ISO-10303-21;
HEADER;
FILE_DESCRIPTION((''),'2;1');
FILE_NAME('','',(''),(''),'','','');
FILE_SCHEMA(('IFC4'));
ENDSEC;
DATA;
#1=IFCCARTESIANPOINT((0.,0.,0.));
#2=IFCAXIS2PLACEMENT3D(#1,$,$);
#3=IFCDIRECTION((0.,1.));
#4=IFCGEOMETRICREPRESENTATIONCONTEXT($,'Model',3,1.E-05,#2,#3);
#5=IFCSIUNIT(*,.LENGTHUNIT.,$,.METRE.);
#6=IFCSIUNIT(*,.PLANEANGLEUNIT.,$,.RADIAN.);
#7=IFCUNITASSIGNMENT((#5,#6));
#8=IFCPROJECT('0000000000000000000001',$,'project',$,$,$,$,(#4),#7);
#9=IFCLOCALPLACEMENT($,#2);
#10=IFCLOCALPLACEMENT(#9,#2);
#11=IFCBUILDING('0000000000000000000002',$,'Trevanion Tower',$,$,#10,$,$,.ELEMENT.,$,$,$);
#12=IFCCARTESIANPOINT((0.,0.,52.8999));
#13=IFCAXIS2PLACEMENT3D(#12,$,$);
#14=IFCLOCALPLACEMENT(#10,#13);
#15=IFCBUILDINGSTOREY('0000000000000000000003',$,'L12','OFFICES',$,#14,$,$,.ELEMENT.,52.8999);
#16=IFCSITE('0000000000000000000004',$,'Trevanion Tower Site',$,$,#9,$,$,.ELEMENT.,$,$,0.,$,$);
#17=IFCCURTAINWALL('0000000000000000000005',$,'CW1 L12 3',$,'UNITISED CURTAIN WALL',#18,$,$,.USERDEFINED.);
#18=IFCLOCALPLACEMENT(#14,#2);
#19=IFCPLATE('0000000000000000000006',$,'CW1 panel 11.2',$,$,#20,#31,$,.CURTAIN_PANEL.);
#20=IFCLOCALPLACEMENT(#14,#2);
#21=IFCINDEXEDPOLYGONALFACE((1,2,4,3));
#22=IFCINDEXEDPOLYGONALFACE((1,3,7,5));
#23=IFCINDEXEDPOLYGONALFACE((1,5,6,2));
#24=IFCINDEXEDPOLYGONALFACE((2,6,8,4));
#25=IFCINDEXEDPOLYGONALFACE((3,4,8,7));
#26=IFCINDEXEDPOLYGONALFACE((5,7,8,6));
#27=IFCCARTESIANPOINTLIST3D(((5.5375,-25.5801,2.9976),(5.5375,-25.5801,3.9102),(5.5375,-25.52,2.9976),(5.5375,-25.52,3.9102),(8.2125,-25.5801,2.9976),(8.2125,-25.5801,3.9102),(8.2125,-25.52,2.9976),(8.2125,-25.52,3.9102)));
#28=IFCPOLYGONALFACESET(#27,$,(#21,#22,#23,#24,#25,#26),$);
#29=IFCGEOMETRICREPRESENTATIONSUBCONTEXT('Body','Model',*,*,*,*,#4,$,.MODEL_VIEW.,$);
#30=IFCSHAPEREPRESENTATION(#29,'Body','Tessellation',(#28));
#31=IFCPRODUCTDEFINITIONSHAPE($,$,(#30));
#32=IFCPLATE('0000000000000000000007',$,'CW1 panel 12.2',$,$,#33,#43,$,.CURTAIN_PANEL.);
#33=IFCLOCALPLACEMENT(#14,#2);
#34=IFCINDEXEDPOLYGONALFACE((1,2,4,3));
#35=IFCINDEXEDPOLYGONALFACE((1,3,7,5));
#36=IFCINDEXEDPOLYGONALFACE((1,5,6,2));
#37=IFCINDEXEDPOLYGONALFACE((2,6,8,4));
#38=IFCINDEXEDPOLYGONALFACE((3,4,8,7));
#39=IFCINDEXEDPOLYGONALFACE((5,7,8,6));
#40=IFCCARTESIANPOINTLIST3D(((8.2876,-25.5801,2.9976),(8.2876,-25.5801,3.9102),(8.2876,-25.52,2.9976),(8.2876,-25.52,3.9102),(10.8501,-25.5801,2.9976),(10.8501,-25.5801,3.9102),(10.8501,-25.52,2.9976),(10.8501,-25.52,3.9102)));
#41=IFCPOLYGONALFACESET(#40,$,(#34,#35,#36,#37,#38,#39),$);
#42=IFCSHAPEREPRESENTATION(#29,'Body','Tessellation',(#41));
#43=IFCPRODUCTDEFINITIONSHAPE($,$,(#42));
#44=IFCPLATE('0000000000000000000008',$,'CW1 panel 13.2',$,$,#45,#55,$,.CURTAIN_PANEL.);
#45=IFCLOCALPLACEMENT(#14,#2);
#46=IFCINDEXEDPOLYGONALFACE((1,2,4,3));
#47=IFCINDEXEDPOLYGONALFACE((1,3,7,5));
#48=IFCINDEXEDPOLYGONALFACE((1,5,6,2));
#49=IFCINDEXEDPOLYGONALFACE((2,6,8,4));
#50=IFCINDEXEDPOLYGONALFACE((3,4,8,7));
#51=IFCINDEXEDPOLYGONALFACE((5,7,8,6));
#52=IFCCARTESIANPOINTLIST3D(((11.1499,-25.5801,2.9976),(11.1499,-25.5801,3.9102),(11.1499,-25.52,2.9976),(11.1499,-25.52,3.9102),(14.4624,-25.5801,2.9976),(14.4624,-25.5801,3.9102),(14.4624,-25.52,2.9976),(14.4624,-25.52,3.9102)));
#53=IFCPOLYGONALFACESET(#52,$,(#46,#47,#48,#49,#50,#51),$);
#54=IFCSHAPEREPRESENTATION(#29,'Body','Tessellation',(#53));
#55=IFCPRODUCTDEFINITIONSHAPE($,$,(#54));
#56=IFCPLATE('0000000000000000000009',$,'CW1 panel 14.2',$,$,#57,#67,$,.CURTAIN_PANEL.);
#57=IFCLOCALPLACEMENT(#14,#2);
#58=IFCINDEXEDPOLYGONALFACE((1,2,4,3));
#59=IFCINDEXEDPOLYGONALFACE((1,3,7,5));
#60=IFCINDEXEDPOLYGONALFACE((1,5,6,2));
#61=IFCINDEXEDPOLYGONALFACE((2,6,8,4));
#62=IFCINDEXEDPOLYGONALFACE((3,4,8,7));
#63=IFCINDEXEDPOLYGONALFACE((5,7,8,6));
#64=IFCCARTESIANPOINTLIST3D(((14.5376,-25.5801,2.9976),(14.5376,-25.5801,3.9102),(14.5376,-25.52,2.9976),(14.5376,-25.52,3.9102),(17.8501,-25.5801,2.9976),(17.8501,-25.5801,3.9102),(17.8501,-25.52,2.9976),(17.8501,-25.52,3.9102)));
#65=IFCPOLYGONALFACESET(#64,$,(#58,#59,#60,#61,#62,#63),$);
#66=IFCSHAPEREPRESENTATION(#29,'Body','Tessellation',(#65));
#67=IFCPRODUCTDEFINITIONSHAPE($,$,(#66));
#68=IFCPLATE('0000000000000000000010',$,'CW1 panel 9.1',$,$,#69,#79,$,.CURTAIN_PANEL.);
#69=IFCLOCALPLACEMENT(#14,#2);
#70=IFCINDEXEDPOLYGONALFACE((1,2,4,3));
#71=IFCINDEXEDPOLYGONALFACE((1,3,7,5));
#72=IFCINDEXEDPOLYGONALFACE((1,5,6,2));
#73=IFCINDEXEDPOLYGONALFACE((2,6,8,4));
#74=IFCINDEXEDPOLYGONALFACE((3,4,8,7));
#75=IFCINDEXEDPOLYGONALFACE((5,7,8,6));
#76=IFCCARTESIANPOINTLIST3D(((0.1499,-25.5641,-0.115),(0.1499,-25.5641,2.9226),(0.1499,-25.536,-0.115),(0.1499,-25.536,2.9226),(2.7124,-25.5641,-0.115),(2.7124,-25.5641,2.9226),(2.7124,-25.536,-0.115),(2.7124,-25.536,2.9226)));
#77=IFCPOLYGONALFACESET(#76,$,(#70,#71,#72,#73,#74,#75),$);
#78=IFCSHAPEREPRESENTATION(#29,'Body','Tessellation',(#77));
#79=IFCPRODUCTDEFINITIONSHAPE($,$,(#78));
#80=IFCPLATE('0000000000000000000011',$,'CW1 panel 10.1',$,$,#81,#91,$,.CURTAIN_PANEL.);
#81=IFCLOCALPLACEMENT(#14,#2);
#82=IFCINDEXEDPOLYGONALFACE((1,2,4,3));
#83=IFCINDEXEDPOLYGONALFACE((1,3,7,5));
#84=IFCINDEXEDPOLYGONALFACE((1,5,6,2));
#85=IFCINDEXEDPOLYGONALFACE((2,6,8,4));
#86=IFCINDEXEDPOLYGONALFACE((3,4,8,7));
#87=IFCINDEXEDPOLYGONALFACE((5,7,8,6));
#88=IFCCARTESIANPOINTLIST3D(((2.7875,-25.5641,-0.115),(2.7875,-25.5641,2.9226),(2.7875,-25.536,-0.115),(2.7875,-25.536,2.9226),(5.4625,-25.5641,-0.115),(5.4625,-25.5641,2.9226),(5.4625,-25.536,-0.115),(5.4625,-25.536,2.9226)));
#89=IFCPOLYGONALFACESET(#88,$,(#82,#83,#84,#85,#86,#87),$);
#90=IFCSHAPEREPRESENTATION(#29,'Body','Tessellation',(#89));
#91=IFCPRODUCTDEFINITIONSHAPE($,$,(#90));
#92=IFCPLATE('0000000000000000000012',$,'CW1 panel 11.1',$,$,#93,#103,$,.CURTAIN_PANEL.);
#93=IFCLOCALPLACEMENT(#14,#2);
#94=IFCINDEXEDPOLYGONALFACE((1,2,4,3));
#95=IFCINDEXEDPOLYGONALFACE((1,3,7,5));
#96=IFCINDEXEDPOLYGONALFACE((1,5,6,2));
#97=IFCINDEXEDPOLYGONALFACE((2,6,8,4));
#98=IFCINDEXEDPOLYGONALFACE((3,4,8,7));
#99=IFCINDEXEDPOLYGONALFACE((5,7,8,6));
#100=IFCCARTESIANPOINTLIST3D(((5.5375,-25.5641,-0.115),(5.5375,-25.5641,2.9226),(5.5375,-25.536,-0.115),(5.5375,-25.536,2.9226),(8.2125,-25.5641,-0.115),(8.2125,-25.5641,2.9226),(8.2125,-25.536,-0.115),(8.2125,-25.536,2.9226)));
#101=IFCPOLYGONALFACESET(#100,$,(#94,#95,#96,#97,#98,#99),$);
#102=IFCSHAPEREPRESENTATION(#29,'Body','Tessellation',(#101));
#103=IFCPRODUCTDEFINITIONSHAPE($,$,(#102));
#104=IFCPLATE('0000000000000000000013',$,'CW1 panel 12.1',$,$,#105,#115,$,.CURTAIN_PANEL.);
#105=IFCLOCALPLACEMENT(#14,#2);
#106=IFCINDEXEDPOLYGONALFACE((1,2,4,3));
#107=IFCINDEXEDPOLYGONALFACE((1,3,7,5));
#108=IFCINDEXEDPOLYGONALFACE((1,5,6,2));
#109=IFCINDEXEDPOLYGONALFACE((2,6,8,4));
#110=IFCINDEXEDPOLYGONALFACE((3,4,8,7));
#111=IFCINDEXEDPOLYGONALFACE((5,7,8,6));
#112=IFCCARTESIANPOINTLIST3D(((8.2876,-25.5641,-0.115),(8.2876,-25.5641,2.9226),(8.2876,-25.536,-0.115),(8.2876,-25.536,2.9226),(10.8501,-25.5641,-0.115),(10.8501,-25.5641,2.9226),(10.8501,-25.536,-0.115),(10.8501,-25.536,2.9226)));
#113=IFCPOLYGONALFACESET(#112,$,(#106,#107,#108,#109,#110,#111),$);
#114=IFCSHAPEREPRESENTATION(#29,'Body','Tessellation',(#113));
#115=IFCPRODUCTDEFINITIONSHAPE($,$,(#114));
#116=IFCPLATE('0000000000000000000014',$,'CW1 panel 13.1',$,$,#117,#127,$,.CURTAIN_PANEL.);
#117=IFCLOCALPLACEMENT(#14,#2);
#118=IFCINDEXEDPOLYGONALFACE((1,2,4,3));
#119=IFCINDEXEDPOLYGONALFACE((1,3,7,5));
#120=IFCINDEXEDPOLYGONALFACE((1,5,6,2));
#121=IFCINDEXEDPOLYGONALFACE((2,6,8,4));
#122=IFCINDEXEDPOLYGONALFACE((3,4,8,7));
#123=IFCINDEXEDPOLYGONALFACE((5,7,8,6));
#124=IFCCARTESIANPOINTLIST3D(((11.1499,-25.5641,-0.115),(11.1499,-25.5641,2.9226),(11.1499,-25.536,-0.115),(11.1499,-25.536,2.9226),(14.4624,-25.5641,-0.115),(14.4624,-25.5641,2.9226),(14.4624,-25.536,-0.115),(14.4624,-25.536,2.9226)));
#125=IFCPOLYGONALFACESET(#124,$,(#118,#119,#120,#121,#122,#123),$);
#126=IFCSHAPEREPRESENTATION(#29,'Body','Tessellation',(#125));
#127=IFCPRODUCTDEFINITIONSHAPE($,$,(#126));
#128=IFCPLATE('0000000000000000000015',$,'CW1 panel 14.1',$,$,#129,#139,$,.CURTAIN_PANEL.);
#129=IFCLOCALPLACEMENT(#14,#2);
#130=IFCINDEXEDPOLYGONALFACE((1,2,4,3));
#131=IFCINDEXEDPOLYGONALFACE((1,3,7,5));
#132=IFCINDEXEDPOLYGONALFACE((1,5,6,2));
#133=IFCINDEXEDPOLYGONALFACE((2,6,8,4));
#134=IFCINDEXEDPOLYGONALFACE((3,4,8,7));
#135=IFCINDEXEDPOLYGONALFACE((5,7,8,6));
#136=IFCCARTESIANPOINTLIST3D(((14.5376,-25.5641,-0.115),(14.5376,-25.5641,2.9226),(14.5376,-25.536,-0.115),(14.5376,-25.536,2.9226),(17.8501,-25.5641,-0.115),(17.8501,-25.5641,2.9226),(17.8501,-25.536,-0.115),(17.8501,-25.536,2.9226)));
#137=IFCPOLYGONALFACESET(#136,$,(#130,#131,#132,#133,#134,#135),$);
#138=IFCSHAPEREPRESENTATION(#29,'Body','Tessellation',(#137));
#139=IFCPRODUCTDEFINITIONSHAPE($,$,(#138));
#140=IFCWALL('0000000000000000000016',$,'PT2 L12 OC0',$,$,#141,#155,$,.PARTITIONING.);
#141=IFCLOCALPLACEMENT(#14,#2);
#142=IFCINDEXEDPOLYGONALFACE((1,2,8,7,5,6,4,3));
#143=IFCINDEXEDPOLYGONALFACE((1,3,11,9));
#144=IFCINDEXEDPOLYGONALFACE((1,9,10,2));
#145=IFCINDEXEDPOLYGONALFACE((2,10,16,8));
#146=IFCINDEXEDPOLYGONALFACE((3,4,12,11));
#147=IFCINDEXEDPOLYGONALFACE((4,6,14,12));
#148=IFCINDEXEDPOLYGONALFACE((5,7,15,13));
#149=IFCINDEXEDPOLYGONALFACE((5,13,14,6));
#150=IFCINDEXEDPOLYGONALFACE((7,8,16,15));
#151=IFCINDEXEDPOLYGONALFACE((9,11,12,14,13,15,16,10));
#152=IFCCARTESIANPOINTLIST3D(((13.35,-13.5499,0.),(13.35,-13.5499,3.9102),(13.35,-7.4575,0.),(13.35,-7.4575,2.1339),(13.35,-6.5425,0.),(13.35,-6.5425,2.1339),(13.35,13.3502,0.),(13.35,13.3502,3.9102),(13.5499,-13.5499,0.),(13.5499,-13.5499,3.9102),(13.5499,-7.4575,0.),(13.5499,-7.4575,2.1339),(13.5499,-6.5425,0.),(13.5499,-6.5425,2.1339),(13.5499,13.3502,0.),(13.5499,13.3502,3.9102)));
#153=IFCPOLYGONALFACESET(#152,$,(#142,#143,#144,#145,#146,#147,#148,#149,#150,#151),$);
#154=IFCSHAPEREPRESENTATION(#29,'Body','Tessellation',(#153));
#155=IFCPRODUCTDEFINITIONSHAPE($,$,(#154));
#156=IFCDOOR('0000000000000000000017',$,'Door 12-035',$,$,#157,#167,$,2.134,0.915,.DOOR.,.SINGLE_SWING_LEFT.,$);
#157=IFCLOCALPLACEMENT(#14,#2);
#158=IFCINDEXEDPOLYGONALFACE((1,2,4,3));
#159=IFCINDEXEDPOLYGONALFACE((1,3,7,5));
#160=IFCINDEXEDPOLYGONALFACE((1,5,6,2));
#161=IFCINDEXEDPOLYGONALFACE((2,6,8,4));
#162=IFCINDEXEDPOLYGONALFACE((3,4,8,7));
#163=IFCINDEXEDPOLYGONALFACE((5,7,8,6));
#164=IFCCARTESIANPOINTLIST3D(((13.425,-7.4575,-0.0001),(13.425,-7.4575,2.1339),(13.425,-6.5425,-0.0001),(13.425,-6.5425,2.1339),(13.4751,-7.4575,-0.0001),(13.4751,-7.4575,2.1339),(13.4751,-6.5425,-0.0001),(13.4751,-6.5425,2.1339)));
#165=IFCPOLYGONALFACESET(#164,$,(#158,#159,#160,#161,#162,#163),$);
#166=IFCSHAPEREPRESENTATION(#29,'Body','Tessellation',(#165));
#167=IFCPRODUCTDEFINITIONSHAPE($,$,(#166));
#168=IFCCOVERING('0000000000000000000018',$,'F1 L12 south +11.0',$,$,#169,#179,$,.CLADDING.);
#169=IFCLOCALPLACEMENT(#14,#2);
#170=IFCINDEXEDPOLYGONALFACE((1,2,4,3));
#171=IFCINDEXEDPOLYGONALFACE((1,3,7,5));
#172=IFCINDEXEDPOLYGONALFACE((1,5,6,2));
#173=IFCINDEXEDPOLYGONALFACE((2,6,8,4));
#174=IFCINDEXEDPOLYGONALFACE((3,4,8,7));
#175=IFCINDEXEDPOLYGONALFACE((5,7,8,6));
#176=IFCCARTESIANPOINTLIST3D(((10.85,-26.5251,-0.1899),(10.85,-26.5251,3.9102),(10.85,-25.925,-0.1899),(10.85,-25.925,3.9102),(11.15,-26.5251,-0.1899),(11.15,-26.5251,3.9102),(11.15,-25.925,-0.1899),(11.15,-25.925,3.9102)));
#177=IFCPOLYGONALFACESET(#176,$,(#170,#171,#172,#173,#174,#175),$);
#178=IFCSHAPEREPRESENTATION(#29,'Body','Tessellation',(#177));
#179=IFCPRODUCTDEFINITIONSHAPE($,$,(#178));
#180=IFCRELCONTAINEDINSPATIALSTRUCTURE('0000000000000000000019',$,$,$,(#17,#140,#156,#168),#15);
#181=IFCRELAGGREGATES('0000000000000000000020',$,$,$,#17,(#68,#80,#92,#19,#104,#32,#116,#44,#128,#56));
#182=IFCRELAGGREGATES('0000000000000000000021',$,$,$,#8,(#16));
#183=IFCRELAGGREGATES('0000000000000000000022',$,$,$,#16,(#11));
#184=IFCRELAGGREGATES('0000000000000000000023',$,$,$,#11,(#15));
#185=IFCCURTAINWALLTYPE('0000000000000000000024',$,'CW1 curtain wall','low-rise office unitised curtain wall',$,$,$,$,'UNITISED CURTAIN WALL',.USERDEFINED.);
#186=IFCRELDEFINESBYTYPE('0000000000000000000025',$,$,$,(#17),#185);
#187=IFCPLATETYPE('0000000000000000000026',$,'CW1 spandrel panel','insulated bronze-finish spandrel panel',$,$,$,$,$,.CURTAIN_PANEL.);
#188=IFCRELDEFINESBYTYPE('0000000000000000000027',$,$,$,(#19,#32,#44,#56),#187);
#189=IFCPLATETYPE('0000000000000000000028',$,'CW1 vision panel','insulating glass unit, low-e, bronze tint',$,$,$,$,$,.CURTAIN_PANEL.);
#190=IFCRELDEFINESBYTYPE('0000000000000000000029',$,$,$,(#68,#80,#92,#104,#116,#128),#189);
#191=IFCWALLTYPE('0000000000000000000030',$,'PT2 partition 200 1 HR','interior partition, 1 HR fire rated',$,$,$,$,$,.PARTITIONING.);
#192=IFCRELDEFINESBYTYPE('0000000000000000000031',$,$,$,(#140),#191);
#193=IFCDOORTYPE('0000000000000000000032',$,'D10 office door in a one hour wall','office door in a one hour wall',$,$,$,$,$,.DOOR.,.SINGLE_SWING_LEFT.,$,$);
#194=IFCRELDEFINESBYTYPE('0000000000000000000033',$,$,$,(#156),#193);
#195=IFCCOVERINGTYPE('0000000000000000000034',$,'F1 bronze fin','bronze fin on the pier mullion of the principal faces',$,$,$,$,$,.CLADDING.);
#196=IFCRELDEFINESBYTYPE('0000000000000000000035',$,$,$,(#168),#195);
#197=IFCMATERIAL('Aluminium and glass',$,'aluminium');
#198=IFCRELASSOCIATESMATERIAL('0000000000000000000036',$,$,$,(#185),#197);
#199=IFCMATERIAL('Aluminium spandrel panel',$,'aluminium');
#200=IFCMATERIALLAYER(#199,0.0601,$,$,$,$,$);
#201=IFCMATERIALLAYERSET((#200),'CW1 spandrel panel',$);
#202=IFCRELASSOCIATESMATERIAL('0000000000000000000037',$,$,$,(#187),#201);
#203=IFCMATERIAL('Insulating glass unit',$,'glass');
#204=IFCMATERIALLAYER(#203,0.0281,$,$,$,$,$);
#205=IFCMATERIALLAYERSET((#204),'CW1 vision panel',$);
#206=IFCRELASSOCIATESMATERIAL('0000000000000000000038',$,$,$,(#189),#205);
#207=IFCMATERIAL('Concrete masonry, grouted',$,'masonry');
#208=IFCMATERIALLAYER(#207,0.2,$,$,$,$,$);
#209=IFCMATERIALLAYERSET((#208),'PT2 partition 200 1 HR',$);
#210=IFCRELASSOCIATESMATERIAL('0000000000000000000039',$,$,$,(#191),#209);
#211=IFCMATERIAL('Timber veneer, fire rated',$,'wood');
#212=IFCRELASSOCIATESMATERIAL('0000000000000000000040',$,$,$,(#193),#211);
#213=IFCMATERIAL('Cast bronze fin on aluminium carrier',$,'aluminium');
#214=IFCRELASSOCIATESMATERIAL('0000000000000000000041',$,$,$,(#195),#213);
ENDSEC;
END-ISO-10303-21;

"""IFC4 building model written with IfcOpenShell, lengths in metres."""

from ifc_helpers import new_model, si_unit, direction, frame, frame_2d, origin, origin_2d, place, context, subcontext, project, spatial, rectangle, extrude, material, layer, layer_set, type_object, element, fill, aggregate, save


model = new_model("IFC4")

# Units and contexts
model_context = context("Model", 3, precision=1e-05, world=origin(), true_north=direction((0.0, 1.0)))
body_context = subcontext(model_context, "Body", "Model", "MODEL_VIEW")
ifc_project = project(units=[si_unit("LENGTHUNIT", "METRE"), si_unit("PLANEANGLEUNIT", "RADIAN")], contexts=[model_context])

# Site, building, storey
site_placement = place(None, origin())
site = spatial("IfcSite", under=ifc_project, at=site_placement, Name="Trevanion Tower Site", CompositionType="ELEMENT", RefElevation=0.0)
building_placement = place(site_placement, origin())
building = spatial("IfcBuilding", under=site, at=building_placement, Name="Trevanion Tower", CompositionType="ELEMENT")
storey_placement = place(building_placement, frame((0.0, 0.0, 52.8999)))
storey = spatial("IfcBuildingStorey", under=building, at=storey_placement, Name="L12", Description="OFFICES", CompositionType="ELEMENT", Elevation=52.8999)

# Curtain wall
ifc_material_1 = material(Name="Aluminium and glass", Category="aluminium")
curtain_wall_type = type_object("IfcCurtainWallType", Name="CW1 curtain wall", Description="low-rise office unitised curtain wall", ElementType="UNITISED CURTAIN WALL", PredefinedType="USERDEFINED", material=ifc_material_1)
curtain_wall_placement = place(storey_placement, origin())
curtain_wall = element("IfcCurtainWall", 1, at=curtain_wall_placement, inside=storey, type_object=curtain_wall_type, Name="CW1 L12 3", ObjectType="UNITISED CURTAIN WALL", PredefinedType="USERDEFINED")

# Plates
ifc_material_2 = material(Name="Aluminium spandrel panel", Category="aluminium")
ifc_layer_1 = layer(ifc_material_2, 0.0601)
ifc_layer_set_1 = layer_set([ifc_layer_1], Name="CW1 spandrel panel")
plate_type_1 = type_object("IfcPlateType", Name="CW1 spandrel panel", Description="insulated bronze-finish spandrel panel", PredefinedType="CURTAIN_PANEL", material=ifc_layer_set_1)
plate_1_placement = place(storey_placement, frame((6.875, -25.55, 2.9976), z_axis=(0.0, 0.0, 1.0), x_axis=(1.0, 0.0, 0.0)))
plate_1 = element("IfcPlate", 2, at=plate_1_placement, type_object=plate_type_1, Name="CW1 panel 11.2", PredefinedType="CURTAIN_PANEL", context=body_context, shape_type="SweptSolid", body=[
    extrude(rectangle(XDim=2.675, YDim=0.0601, at=origin_2d()), origin(), (0.0, 0.0, 1.0), 0.9126),
])
plate_2_placement = place(storey_placement, frame((9.5688, -25.55, 2.9976), z_axis=(0.0, 0.0, 1.0), x_axis=(1.0, 0.0, 0.0)))
plate_2 = element("IfcPlate", 3, at=plate_2_placement, type_object=plate_type_1, Name="CW1 panel 12.2", PredefinedType="CURTAIN_PANEL", context=body_context, shape_type="SweptSolid", body=[
    extrude(rectangle(XDim=2.5625, YDim=0.0601, at=origin_2d()), origin(), (0.0, 0.0, 1.0), 0.9126),
])
plate_3_placement = place(storey_placement, frame((12.8062, -25.55, 2.9976), z_axis=(0.0, 0.0, 1.0), x_axis=(1.0, 0.0, 0.0)))
plate_3 = element("IfcPlate", 4, at=plate_3_placement, type_object=plate_type_1, Name="CW1 panel 13.2", PredefinedType="CURTAIN_PANEL", context=body_context, shape_type="SweptSolid", body=[
    extrude(rectangle(XDim=3.3125, YDim=0.0601, at=origin_2d()), origin(), (0.0, 0.0, 1.0), 0.9126),
])
plate_4_placement = place(storey_placement, frame((16.1938, -25.55, 2.9976), z_axis=(0.0, 0.0, 1.0), x_axis=(1.0, 0.0, 0.0)))
plate_4 = element("IfcPlate", 5, at=plate_4_placement, type_object=plate_type_1, Name="CW1 panel 14.2", PredefinedType="CURTAIN_PANEL", context=body_context, shape_type="SweptSolid", body=[
    extrude(rectangle(XDim=3.3125, YDim=0.0601, at=origin_2d()), origin(), (0.0, 0.0, 1.0), 0.9126),
])
ifc_material_3 = material(Name="Insulating glass unit", Category="glass")
ifc_layer_2 = layer(ifc_material_3, 0.0281)
ifc_layer_set_2 = layer_set([ifc_layer_2], Name="CW1 vision panel")
plate_type_2 = type_object("IfcPlateType", Name="CW1 vision panel", Description="insulating glass unit, low-e, bronze tint", PredefinedType="CURTAIN_PANEL", material=ifc_layer_set_2)
plate_5_placement = place(storey_placement, frame((1.4312, -25.55, -0.115), z_axis=(0.0, 0.0, 1.0), x_axis=(1.0, 0.0, 0.0)))
plate_5 = element("IfcPlate", 6, at=plate_5_placement, type_object=plate_type_2, Name="CW1 panel 9.1", PredefinedType="CURTAIN_PANEL", context=body_context, shape_type="SweptSolid", body=[
    extrude(rectangle(XDim=2.5625, YDim=0.0281, at=origin_2d()), origin(), (0.0, 0.0, 1.0), 3.0376),
])
plate_6_placement = place(storey_placement, frame((4.125, -25.55, -0.115), z_axis=(0.0, 0.0, 1.0), x_axis=(1.0, 0.0, 0.0)))
plate_6 = element("IfcPlate", 7, at=plate_6_placement, type_object=plate_type_2, Name="CW1 panel 10.1", PredefinedType="CURTAIN_PANEL", context=body_context, shape_type="SweptSolid", body=[
    extrude(rectangle(XDim=2.675, YDim=0.0281, at=origin_2d()), origin(), (0.0, 0.0, 1.0), 3.0376),
])
plate_7_placement = place(storey_placement, frame((6.875, -25.55, -0.115), z_axis=(0.0, 0.0, 1.0), x_axis=(1.0, 0.0, 0.0)))
plate_7 = element("IfcPlate", 8, at=plate_7_placement, type_object=plate_type_2, Name="CW1 panel 11.1", PredefinedType="CURTAIN_PANEL", context=body_context, shape_type="SweptSolid", body=[
    extrude(rectangle(XDim=2.675, YDim=0.0281, at=origin_2d()), origin(), (0.0, 0.0, 1.0), 3.0376),
])
plate_8_placement = place(storey_placement, frame((9.5688, -25.55, -0.115), z_axis=(0.0, 0.0, 1.0), x_axis=(1.0, 0.0, 0.0)))
plate_8 = element("IfcPlate", 9, at=plate_8_placement, type_object=plate_type_2, Name="CW1 panel 12.1", PredefinedType="CURTAIN_PANEL", context=body_context, shape_type="SweptSolid", body=[
    extrude(rectangle(XDim=2.5625, YDim=0.0281, at=origin_2d()), origin(), (0.0, 0.0, 1.0), 3.0376),
])
plate_9_placement = place(storey_placement, frame((12.8062, -25.55, -0.115), z_axis=(0.0, 0.0, 1.0), x_axis=(1.0, 0.0, 0.0)))
plate_9 = element("IfcPlate", 10, at=plate_9_placement, type_object=plate_type_2, Name="CW1 panel 13.1", PredefinedType="CURTAIN_PANEL", context=body_context, shape_type="SweptSolid", body=[
    extrude(rectangle(XDim=3.3125, YDim=0.0281, at=origin_2d()), origin(), (0.0, 0.0, 1.0), 3.0376),
])
plate_10_placement = place(storey_placement, frame((16.1938, -25.55, -0.115), z_axis=(0.0, 0.0, 1.0), x_axis=(1.0, 0.0, 0.0)))
plate_10 = element("IfcPlate", 11, at=plate_10_placement, type_object=plate_type_2, Name="CW1 panel 14.1", PredefinedType="CURTAIN_PANEL", context=body_context, shape_type="SweptSolid", body=[
    extrude(rectangle(XDim=3.3125, YDim=0.0281, at=origin_2d()), origin(), (0.0, 0.0, 1.0), 3.0376),
])
aggregate(curtain_wall, [plate_5, plate_6, plate_7, plate_1, plate_8, plate_2, plate_9, plate_3, plate_10, plate_4])

# Wall, opening, door
ifc_material_4 = material(Name="Concrete masonry, grouted", Category="masonry")
ifc_layer_3 = layer(ifc_material_4, 0.2)
ifc_layer_set_3 = layer_set([ifc_layer_3], Name="PT2 partition 200 1 HR")
wall_type = type_object("IfcWallType", Name="PT2 partition 200 1 HR", Description="interior partition, 1 HR fire rated", PredefinedType="PARTITIONING", material=ifc_layer_set_3)
wall_placement = place(storey_placement, frame((13.45, -13.55, 0.0), z_axis=(0.0, 0.0, 1.0), x_axis=(0.0, 1.0, 0.0)))
wall = element("IfcWall", 12, at=wall_placement, inside=storey, type_object=wall_type, Name="PT2 L12 OC0", PredefinedType="PARTITIONING", context=body_context, shape_type="SweptSolid", body=[
    extrude(rectangle(XDim=26.9001, YDim=0.2, at=frame_2d((13.4502, 0.0))), origin(), (0.0, 0.0, 1.0), 3.9102),
])
opening_placement = place(wall_placement, frame((6.0925, 0.0, 0.0)))
opening = element("IfcOpeningElement", 13, at=opening_placement, cuts=wall, PredefinedType="OPENING", context=body_context, shape_type="SweptSolid", body=[
    extrude(rectangle(XDim=0.915, YDim=2.134, at=frame_2d((0.4575, 1.0669))), frame((0.0, 0.1099, 0.0), z_axis=(0.0, -1.0, 0.0), x_axis=(1.0, 0.0, 0.0)), (0.0, 0.0, 1.0), 0.22),
])
ifc_material_5 = material(Name="Timber veneer, fire rated", Category="wood")
door_type = type_object("IfcDoorType", Name="D10 office door in a one hour wall", Description="office door in a one hour wall", OperationType="SINGLE_SWING_LEFT", PredefinedType="DOOR", material=ifc_material_5)
door_placement = place(opening_placement, origin())
door = element("IfcDoor", 14, at=door_placement, inside=storey, type_object=door_type, Name="Door 12-035", OperationType="SINGLE_SWING_LEFT", OverallHeight=2.134, OverallWidth=0.915, PredefinedType="DOOR", context=body_context, shape_type="SweptSolid", body=[
    extrude(rectangle(XDim=0.915, YDim=2.134, at=frame_2d((0.4575, 1.0669))), frame((0.0, 0.0249, 0.0), z_axis=(0.0, -1.0, 0.0), x_axis=(1.0, 0.0, 0.0)), (0.0, 0.0, 1.0), 0.05),
])
fill(opening, door)

# Covering
ifc_material_6 = material(Name="Cast bronze fin on aluminium carrier", Category="aluminium")
covering_type = type_object("IfcCoveringType", Name="F1 bronze fin", Description="bronze fin on the pier mullion of the principal faces", PredefinedType="CLADDING", material=ifc_material_6)
covering_placement = place(storey_placement, frame((11.0, -26.2251, -0.1899), z_axis=(0.0, 0.0, 1.0), x_axis=(1.0, 0.0, 0.0)))
element("IfcCovering", 15, at=covering_placement, inside=storey, type_object=covering_type, Name="F1 L12 south +11.0", PredefinedType="CLADDING", context=body_context, shape_type="SweptSolid", body=[
    extrude(rectangle(XDim=0.3, YDim=0.6001, at=origin_2d()), origin(), (0.0, 0.0, 1.0), 4.1001),
])

save(model, "model.ifc")
